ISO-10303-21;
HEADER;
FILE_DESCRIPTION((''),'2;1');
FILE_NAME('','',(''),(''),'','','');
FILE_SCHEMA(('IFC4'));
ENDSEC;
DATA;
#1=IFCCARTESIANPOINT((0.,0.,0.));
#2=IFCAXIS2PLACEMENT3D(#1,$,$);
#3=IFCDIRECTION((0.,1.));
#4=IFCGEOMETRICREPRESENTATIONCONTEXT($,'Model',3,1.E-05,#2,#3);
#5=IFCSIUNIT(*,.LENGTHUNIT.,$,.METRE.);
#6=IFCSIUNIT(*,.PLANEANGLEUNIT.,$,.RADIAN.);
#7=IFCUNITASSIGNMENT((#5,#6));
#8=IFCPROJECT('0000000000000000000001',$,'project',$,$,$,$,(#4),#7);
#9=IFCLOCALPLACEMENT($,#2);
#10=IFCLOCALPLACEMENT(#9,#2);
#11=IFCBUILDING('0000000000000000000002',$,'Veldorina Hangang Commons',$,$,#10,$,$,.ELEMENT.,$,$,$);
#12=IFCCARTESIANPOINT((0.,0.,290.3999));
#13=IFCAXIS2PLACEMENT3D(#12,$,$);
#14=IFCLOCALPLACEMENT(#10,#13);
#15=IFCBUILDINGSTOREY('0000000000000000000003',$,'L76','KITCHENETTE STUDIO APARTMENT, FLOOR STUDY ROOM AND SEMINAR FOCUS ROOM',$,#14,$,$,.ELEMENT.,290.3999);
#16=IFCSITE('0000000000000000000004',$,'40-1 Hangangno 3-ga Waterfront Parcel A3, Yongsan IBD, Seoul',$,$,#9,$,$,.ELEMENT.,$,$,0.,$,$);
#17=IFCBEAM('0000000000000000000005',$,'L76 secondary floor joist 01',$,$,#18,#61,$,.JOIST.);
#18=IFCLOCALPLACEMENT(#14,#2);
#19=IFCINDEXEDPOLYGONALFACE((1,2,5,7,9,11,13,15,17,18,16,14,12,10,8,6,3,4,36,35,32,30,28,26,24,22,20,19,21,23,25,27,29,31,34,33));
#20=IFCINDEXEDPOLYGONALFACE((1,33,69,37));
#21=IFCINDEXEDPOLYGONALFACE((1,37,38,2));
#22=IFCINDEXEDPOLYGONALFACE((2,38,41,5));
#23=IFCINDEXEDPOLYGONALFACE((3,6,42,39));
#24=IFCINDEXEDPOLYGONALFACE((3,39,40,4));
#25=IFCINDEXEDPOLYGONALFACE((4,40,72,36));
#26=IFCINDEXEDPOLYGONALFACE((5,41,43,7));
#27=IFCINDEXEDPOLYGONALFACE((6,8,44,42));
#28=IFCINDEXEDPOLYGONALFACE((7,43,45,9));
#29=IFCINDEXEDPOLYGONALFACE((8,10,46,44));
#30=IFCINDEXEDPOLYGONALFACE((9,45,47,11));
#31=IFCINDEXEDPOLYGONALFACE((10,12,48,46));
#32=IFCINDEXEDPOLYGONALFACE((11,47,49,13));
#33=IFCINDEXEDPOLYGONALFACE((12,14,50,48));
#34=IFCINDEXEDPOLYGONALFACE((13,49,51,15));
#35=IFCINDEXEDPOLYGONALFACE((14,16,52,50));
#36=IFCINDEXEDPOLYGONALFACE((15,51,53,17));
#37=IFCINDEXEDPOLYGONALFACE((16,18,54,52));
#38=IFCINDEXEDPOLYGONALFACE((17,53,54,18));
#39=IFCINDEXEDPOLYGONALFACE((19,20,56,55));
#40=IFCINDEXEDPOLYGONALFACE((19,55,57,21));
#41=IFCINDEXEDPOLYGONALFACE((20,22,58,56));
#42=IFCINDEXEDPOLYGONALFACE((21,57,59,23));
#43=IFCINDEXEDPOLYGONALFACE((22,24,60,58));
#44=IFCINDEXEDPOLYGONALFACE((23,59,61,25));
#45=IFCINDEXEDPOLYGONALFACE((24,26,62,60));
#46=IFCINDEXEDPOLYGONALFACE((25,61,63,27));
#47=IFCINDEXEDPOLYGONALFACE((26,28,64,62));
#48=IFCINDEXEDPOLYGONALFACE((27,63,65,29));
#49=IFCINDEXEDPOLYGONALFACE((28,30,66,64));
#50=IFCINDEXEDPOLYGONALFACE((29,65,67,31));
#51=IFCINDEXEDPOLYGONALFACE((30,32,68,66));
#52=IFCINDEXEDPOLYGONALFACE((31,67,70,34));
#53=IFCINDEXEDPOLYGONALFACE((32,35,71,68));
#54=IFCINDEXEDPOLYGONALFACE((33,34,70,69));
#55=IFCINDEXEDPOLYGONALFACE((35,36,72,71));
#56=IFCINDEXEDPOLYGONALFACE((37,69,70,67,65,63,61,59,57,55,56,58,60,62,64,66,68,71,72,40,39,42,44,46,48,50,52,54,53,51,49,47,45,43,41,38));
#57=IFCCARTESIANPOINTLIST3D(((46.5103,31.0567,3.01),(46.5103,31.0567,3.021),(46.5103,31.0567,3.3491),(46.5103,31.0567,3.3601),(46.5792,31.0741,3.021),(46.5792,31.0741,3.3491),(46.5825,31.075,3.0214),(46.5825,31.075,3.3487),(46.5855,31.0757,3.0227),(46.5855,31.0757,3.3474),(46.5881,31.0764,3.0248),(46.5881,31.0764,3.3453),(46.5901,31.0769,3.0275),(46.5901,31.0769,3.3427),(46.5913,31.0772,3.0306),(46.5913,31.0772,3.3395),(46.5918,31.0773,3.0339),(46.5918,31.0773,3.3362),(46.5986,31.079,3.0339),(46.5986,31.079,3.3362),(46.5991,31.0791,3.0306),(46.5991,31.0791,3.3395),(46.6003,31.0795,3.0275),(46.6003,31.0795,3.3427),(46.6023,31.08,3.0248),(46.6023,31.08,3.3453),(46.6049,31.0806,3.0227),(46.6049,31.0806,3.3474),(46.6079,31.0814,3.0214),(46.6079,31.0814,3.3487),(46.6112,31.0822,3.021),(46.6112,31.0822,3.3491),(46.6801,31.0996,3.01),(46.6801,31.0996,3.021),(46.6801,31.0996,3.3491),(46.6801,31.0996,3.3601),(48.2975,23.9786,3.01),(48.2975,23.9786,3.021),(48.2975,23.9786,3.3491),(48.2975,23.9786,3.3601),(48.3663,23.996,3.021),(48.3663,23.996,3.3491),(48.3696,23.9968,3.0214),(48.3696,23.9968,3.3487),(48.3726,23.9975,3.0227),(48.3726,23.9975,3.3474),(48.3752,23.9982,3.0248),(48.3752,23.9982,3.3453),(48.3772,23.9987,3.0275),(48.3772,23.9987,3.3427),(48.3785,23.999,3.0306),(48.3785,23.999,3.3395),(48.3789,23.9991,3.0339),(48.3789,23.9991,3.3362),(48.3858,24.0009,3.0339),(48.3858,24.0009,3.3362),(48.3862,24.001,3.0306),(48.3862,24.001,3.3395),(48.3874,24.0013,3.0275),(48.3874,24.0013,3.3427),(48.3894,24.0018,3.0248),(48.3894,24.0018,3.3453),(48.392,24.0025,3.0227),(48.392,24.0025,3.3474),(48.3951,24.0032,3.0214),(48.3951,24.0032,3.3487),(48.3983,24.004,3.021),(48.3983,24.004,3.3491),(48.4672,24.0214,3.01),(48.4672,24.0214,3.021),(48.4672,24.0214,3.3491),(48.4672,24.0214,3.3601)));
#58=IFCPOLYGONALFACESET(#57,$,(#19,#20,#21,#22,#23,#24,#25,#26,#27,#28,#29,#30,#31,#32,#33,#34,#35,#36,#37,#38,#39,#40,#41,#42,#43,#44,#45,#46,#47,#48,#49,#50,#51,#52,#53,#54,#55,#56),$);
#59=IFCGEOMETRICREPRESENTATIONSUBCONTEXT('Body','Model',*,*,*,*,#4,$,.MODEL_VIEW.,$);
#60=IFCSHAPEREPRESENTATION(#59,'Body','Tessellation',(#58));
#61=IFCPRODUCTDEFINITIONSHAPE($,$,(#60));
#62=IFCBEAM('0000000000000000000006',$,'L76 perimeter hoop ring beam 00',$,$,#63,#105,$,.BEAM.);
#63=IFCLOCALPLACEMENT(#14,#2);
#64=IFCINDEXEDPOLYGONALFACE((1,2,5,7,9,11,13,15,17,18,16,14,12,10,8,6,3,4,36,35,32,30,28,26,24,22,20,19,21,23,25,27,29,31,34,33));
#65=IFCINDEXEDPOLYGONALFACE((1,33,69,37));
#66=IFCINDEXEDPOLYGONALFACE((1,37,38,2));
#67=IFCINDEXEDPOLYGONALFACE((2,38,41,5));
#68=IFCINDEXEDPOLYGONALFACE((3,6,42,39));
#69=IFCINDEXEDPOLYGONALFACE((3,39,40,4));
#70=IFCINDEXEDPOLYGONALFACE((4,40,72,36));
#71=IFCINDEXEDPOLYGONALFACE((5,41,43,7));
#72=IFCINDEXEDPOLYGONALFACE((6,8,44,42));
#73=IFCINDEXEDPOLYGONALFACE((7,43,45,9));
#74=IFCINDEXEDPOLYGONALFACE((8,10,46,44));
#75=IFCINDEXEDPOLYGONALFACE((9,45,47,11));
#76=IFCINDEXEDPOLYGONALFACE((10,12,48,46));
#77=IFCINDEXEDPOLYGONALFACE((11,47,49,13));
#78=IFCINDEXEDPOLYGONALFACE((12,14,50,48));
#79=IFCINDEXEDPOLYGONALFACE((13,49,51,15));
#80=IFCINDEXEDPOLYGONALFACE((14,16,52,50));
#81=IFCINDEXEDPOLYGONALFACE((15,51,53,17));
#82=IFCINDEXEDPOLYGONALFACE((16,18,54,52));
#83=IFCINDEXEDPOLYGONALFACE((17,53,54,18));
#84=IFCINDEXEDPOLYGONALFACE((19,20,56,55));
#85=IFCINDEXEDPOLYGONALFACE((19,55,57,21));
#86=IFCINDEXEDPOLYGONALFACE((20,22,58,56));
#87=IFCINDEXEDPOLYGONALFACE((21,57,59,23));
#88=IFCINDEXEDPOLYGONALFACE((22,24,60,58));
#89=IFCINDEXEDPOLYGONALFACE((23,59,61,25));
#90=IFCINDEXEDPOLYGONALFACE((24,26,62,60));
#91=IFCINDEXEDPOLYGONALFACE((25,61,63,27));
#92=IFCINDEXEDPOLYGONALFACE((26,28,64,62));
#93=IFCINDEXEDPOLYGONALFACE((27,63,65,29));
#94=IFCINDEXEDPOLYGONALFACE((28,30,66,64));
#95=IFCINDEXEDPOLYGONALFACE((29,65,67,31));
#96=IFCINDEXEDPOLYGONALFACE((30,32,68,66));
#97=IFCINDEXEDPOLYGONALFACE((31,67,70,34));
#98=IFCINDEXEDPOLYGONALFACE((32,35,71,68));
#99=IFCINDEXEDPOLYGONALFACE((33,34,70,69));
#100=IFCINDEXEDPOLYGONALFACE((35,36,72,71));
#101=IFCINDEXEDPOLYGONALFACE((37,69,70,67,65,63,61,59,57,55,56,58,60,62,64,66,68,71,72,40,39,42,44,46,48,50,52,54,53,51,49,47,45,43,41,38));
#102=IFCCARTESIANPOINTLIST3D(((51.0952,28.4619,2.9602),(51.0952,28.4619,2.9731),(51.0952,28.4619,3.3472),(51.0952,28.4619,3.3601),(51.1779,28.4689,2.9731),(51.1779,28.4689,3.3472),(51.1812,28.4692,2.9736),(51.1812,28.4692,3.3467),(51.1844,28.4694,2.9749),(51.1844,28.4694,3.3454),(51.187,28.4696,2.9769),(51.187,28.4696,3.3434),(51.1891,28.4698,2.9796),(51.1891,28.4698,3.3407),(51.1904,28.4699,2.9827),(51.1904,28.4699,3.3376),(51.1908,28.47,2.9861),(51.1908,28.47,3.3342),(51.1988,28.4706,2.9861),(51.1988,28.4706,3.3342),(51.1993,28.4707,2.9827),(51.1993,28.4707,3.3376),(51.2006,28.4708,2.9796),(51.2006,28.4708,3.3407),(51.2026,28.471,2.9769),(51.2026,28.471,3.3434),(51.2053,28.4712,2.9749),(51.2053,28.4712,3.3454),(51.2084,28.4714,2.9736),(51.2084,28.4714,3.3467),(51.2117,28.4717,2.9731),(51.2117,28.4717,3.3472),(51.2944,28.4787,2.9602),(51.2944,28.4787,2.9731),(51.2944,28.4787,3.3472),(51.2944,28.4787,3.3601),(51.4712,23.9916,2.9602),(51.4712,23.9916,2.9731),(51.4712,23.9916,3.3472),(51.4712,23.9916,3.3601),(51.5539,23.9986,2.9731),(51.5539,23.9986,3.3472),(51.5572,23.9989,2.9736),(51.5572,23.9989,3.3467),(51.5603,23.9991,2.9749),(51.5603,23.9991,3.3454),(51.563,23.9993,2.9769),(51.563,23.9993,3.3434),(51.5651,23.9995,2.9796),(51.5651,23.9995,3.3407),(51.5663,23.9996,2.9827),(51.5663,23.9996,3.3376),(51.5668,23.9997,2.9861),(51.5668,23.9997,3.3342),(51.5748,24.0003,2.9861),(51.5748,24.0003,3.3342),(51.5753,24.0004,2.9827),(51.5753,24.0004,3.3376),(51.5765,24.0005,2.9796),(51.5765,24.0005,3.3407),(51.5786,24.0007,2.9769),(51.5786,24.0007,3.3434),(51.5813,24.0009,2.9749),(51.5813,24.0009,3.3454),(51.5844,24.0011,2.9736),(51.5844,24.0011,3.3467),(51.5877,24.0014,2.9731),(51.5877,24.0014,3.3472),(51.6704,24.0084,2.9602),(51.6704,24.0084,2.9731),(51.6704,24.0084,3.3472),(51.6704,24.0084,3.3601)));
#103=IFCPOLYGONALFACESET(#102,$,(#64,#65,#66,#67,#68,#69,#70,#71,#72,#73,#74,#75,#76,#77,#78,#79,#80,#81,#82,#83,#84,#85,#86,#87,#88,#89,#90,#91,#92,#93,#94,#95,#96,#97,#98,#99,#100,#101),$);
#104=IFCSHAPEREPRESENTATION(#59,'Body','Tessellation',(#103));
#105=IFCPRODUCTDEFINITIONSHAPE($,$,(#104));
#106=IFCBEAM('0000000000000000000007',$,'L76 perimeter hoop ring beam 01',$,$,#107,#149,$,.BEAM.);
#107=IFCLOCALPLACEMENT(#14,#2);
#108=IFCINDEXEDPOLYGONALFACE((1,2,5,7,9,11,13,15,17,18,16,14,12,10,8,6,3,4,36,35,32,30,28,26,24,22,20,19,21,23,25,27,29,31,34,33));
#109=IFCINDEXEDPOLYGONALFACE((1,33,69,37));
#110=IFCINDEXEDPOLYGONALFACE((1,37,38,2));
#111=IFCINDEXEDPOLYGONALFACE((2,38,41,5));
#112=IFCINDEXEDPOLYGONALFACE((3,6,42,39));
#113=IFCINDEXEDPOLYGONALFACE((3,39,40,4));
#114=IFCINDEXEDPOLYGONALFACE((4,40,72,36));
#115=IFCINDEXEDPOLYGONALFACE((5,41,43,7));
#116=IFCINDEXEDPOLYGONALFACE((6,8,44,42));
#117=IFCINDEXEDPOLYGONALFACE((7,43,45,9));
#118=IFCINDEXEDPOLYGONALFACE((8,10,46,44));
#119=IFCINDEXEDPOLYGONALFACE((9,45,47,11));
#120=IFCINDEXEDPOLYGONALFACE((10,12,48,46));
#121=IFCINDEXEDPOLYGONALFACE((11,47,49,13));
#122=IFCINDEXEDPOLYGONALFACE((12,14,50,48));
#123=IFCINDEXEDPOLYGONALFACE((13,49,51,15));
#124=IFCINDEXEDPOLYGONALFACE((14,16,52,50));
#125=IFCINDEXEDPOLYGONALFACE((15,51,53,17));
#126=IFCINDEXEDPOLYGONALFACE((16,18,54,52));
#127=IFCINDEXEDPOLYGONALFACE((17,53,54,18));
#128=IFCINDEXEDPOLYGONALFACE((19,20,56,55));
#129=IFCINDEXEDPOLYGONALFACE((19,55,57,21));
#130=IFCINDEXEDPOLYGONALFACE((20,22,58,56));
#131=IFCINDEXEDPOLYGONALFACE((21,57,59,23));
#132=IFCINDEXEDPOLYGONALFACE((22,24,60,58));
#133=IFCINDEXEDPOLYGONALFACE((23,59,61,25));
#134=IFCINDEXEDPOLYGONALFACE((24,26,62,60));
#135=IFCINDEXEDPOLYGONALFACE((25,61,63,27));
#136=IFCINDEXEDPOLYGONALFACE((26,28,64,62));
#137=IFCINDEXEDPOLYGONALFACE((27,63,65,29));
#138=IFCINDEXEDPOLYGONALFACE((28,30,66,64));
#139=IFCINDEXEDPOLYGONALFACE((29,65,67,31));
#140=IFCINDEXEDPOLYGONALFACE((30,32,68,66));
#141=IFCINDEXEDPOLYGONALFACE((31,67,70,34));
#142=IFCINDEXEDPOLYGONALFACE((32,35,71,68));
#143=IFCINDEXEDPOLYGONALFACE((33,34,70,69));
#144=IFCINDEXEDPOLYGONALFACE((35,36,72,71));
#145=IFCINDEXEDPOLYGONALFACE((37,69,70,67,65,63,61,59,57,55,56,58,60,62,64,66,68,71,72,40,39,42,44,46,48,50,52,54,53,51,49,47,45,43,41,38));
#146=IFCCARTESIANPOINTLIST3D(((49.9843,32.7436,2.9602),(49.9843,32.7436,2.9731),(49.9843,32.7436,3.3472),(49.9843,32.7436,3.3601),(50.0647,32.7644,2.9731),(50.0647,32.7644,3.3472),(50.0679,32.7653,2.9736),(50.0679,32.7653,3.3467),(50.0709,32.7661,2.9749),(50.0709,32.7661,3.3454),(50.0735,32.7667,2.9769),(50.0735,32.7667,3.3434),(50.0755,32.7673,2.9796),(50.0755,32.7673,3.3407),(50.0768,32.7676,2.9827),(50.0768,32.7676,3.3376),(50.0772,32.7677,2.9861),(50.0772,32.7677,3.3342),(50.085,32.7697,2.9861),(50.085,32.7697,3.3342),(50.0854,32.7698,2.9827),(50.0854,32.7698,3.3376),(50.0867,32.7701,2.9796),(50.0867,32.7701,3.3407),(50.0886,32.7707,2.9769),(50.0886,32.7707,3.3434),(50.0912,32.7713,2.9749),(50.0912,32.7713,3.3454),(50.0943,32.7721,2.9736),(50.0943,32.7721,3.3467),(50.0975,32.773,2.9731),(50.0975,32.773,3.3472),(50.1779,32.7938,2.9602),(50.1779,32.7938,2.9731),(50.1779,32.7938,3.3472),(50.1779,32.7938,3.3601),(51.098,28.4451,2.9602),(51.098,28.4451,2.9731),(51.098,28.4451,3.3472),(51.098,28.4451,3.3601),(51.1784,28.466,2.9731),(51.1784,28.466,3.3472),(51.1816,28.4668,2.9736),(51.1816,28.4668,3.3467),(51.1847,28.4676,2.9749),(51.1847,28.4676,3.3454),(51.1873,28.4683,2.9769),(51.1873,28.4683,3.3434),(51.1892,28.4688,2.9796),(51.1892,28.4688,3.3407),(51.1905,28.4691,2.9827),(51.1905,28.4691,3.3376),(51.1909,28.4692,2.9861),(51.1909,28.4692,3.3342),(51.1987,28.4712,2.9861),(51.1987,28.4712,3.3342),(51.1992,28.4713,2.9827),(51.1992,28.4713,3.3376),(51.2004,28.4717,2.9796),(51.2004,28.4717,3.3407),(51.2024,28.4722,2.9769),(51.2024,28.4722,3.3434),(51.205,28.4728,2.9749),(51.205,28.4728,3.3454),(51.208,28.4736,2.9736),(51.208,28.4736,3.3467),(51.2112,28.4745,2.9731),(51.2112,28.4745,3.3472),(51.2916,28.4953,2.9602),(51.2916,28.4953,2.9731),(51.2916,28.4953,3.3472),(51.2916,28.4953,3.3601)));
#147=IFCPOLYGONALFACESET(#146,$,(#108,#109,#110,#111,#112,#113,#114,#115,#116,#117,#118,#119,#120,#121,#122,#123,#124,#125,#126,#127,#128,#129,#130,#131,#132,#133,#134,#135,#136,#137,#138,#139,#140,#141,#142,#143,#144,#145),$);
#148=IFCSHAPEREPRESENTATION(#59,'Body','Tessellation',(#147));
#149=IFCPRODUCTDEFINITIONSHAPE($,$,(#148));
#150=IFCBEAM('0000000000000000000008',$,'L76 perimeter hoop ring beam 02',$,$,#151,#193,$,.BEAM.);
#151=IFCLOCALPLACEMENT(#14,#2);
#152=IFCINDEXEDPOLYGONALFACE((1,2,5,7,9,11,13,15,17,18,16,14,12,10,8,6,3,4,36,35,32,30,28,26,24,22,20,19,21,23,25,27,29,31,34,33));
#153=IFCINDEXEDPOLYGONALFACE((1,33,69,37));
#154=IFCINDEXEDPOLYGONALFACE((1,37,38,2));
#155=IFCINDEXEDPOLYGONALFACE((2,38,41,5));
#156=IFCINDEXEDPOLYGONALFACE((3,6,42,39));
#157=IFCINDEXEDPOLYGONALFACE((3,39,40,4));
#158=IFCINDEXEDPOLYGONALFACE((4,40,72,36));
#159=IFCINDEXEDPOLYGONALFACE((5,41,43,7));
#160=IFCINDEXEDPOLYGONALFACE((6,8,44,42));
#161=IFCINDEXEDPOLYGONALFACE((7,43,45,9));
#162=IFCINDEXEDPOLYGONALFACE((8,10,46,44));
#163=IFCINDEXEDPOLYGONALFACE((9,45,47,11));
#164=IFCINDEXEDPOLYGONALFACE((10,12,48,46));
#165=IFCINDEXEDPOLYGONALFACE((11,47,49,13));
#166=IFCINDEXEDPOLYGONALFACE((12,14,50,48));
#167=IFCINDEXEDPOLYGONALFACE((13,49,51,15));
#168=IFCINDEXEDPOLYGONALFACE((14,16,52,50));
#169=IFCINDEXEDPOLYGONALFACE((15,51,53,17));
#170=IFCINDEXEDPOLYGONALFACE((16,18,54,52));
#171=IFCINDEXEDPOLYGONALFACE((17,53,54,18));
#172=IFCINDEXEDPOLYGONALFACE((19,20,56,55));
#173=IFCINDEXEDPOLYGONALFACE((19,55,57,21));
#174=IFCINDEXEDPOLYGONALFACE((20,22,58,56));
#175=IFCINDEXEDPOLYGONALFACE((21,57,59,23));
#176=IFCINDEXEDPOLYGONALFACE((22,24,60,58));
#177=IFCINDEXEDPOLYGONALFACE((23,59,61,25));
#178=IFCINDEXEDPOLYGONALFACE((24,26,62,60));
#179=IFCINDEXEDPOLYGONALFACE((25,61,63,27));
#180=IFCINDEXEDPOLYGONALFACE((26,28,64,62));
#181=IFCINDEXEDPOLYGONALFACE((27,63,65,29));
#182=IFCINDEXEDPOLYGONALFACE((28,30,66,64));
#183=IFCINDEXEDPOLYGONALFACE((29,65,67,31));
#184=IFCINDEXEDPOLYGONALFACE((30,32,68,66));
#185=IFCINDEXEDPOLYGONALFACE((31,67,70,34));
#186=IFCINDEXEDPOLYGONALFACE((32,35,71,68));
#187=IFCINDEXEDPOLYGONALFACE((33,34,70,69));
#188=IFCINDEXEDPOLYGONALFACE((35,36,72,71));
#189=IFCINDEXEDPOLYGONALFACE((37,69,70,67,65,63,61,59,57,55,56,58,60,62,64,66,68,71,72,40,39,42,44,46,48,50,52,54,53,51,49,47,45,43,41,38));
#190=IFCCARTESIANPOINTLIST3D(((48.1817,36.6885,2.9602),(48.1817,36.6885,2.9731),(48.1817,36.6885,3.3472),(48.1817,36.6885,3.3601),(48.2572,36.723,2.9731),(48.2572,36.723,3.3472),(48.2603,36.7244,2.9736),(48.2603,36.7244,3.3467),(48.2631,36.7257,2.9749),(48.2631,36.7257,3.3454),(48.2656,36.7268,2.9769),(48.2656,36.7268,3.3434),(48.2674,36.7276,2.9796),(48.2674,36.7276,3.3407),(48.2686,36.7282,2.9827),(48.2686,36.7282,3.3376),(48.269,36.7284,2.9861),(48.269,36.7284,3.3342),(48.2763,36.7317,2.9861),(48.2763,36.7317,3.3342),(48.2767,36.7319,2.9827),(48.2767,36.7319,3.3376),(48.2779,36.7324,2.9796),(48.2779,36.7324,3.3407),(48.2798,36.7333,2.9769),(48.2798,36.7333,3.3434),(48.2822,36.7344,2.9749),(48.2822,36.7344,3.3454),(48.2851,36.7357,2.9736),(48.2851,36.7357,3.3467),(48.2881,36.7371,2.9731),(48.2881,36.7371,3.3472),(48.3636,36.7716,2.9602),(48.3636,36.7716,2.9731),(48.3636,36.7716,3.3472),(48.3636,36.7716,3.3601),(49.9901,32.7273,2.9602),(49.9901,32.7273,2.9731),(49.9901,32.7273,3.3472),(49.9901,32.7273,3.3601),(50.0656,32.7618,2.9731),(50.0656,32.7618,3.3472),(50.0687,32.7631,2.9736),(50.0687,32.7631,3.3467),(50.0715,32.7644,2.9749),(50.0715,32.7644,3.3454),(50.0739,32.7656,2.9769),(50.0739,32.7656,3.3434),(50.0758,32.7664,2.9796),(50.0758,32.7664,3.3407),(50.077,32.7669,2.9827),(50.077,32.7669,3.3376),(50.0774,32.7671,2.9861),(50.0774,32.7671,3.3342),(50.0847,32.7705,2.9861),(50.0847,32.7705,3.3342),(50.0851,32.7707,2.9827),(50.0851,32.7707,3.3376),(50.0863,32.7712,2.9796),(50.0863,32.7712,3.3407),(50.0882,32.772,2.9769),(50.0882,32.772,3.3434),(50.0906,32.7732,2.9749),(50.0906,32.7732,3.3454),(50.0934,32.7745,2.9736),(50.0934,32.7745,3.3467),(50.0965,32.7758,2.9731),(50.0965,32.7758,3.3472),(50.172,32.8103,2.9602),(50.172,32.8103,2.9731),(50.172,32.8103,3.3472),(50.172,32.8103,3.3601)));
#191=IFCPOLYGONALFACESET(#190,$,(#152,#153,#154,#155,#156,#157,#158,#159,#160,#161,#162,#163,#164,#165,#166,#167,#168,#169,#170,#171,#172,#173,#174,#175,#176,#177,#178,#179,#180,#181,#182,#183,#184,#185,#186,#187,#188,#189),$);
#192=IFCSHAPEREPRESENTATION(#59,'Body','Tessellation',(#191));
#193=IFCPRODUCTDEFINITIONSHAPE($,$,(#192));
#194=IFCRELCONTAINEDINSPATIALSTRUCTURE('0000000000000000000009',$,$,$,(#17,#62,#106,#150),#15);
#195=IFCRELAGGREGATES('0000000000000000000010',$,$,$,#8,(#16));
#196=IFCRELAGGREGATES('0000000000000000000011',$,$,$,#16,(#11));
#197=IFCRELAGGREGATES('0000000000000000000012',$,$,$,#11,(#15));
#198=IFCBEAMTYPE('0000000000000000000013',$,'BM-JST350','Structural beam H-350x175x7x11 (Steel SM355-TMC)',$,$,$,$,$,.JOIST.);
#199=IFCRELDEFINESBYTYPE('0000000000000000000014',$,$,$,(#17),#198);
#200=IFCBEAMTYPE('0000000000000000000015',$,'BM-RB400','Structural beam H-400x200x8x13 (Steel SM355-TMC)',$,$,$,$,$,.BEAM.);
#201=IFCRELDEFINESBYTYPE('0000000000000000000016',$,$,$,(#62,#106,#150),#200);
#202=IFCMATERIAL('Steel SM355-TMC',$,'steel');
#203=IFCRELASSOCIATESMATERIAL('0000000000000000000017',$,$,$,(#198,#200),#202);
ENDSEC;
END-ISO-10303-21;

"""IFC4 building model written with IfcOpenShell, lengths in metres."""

from ifc_helpers import new_model, si_unit, direction, frame, origin, origin_2d, place, context, subcontext, project, spatial, i_section, extrude, material, material_profile, profile_set, type_object, element, save


model = new_model("IFC4")

# Units and contexts
model_context = context("Model", 3, precision=1e-05, world=origin(), true_north=direction((0.0, 1.0)))
body_context = subcontext(model_context, "Body", "Model", "MODEL_VIEW")
ifc_project = project(units=[si_unit("LENGTHUNIT", "METRE"), si_unit("PLANEANGLEUNIT", "RADIAN")], contexts=[model_context])

# Site, building, storey
site_placement = place(None, origin())
site = spatial("IfcSite", under=ifc_project, at=site_placement, Name="40-1 Hangangno 3-ga Waterfront Parcel A3, Yongsan IBD, Seoul", CompositionType="ELEMENT", RefElevation=0.0)
building_placement = place(site_placement, origin())
building = spatial("IfcBuilding", under=site, at=building_placement, Name="Veldorina Hangang Commons", CompositionType="ELEMENT")
storey_placement = place(building_placement, frame((0.0, 0.0, 290.3999)))
storey = spatial("IfcBuildingStorey", under=building, at=storey_placement, Name="L76", Description="KITCHENETTE STUDIO APARTMENT, FLOOR STUDY ROOM AND SEMINAR FOCUS ROOM", CompositionType="ELEMENT", Elevation=290.3999)

# Beams
ifc_material_1 = material(Name="Steel SM355-TMC", Category="steel")
ifc_material_profile_1 = material_profile(ifc_material_1, i_section(OverallWidth=0.175, OverallDepth=0.3501, WebThickness=0.0071, FlangeThickness=0.011, FilletRadius=0.0129, at=origin_2d()), Name="H-350x175x7x11")
ifc_profile_set_1 = profile_set([ifc_material_profile_1], Name="Steel SM355-TMC")
beam_type_1 = type_object("IfcBeamType", Name="BM-JST350", Description="Structural beam H-350x175x7x11 (Steel SM355-TMC)", PredefinedType="JOIST", material=ifc_profile_set_1)
beam_1_placement = place(storey_placement, frame((48.3823, 24.0, 3.1851), z_axis=(-0.244801, 0.969573, 0.0), x_axis=(-0.969573, -0.244801, 0.0)))
element("IfcBeam", 1, at=beam_1_placement, inside=storey, type_object=beam_type_1, Name="L76 secondary floor joist 01", PredefinedType="JOIST", context=body_context, shape_type="SweptSolid", body=[
    extrude(i_section(OverallWidth=0.175, OverallDepth=0.3501, WebThickness=0.0071, FlangeThickness=0.011, FilletRadius=0.0129, at=origin_2d()), origin(), (0.0, 0.0, 1.0), 7.3003),
])
ifc_material_profile_2 = material_profile(ifc_material_1, i_section(OverallWidth=0.2, OverallDepth=0.3999, WebThickness=0.0081, FlangeThickness=0.0129, FilletRadius=0.0129, at=origin_2d()), Name="H-400x200x8x13")
ifc_profile_set_2 = profile_set([ifc_material_profile_2], Name="Steel SM355-TMC")
beam_type_2 = type_object("IfcBeamType", Name="BM-RB400", Description="Structural beam H-400x200x8x13 (Steel SM355-TMC)", PredefinedType="BEAM", material=ifc_profile_set_2)
beam_2_placement = place(storey_placement, frame((51.5708, 24.0, 3.1602), z_axis=(-0.083811, 0.996482, 0.0), x_axis=(-0.996482, -0.083811, 0.0)))
element("IfcBeam", 2, at=beam_2_placement, inside=storey, type_object=beam_type_2, Name="L76 perimeter hoop ring beam 00", PredefinedType="BEAM", context=body_context, shape_type="SweptSolid", body=[
    extrude(i_section(OverallWidth=0.2, OverallDepth=0.3999, WebThickness=0.0081, FlangeThickness=0.0129, FilletRadius=0.0129, at=origin_2d()), origin(), (0.0, 0.0, 1.0), 4.4861),
])
beam_3_placement = place(storey_placement, frame((51.1948, 28.4702, 3.1602), z_axis=(-0.250819, 0.968034, 0.0), x_axis=(-0.968034, -0.250819, 0.0)))
element("IfcBeam", 3, at=beam_3_placement, inside=storey, type_object=beam_type_2, Name="L76 perimeter hoop ring beam 01", PredefinedType="BEAM", context=body_context, shape_type="SweptSolid", body=[
    extrude(i_section(OverallWidth=0.2, OverallDepth=0.3999, WebThickness=0.0081, FlangeThickness=0.0129, FilletRadius=0.0129, at=origin_2d()), origin(), (0.0, 0.0, 1.0), 4.4404),
])
beam_4_placement = place(storey_placement, frame((50.0811, 32.7688, 3.1602), z_axis=(-0.415289, 0.909689, 0.0), x_axis=(-0.909689, -0.415289, 0.0)))
element("IfcBeam", 4, at=beam_4_placement, inside=storey, type_object=beam_type_2, Name="L76 perimeter hoop ring beam 02", PredefinedType="BEAM", context=body_context, shape_type="SweptSolid", body=[
    extrude(i_section(OverallWidth=0.2, OverallDepth=0.3999, WebThickness=0.0081, FlangeThickness=0.0129, FilletRadius=0.0129, at=origin_2d()), origin(), (0.0, 0.0, 1.0), 4.3545),
])

save(model, "model.ifc")
